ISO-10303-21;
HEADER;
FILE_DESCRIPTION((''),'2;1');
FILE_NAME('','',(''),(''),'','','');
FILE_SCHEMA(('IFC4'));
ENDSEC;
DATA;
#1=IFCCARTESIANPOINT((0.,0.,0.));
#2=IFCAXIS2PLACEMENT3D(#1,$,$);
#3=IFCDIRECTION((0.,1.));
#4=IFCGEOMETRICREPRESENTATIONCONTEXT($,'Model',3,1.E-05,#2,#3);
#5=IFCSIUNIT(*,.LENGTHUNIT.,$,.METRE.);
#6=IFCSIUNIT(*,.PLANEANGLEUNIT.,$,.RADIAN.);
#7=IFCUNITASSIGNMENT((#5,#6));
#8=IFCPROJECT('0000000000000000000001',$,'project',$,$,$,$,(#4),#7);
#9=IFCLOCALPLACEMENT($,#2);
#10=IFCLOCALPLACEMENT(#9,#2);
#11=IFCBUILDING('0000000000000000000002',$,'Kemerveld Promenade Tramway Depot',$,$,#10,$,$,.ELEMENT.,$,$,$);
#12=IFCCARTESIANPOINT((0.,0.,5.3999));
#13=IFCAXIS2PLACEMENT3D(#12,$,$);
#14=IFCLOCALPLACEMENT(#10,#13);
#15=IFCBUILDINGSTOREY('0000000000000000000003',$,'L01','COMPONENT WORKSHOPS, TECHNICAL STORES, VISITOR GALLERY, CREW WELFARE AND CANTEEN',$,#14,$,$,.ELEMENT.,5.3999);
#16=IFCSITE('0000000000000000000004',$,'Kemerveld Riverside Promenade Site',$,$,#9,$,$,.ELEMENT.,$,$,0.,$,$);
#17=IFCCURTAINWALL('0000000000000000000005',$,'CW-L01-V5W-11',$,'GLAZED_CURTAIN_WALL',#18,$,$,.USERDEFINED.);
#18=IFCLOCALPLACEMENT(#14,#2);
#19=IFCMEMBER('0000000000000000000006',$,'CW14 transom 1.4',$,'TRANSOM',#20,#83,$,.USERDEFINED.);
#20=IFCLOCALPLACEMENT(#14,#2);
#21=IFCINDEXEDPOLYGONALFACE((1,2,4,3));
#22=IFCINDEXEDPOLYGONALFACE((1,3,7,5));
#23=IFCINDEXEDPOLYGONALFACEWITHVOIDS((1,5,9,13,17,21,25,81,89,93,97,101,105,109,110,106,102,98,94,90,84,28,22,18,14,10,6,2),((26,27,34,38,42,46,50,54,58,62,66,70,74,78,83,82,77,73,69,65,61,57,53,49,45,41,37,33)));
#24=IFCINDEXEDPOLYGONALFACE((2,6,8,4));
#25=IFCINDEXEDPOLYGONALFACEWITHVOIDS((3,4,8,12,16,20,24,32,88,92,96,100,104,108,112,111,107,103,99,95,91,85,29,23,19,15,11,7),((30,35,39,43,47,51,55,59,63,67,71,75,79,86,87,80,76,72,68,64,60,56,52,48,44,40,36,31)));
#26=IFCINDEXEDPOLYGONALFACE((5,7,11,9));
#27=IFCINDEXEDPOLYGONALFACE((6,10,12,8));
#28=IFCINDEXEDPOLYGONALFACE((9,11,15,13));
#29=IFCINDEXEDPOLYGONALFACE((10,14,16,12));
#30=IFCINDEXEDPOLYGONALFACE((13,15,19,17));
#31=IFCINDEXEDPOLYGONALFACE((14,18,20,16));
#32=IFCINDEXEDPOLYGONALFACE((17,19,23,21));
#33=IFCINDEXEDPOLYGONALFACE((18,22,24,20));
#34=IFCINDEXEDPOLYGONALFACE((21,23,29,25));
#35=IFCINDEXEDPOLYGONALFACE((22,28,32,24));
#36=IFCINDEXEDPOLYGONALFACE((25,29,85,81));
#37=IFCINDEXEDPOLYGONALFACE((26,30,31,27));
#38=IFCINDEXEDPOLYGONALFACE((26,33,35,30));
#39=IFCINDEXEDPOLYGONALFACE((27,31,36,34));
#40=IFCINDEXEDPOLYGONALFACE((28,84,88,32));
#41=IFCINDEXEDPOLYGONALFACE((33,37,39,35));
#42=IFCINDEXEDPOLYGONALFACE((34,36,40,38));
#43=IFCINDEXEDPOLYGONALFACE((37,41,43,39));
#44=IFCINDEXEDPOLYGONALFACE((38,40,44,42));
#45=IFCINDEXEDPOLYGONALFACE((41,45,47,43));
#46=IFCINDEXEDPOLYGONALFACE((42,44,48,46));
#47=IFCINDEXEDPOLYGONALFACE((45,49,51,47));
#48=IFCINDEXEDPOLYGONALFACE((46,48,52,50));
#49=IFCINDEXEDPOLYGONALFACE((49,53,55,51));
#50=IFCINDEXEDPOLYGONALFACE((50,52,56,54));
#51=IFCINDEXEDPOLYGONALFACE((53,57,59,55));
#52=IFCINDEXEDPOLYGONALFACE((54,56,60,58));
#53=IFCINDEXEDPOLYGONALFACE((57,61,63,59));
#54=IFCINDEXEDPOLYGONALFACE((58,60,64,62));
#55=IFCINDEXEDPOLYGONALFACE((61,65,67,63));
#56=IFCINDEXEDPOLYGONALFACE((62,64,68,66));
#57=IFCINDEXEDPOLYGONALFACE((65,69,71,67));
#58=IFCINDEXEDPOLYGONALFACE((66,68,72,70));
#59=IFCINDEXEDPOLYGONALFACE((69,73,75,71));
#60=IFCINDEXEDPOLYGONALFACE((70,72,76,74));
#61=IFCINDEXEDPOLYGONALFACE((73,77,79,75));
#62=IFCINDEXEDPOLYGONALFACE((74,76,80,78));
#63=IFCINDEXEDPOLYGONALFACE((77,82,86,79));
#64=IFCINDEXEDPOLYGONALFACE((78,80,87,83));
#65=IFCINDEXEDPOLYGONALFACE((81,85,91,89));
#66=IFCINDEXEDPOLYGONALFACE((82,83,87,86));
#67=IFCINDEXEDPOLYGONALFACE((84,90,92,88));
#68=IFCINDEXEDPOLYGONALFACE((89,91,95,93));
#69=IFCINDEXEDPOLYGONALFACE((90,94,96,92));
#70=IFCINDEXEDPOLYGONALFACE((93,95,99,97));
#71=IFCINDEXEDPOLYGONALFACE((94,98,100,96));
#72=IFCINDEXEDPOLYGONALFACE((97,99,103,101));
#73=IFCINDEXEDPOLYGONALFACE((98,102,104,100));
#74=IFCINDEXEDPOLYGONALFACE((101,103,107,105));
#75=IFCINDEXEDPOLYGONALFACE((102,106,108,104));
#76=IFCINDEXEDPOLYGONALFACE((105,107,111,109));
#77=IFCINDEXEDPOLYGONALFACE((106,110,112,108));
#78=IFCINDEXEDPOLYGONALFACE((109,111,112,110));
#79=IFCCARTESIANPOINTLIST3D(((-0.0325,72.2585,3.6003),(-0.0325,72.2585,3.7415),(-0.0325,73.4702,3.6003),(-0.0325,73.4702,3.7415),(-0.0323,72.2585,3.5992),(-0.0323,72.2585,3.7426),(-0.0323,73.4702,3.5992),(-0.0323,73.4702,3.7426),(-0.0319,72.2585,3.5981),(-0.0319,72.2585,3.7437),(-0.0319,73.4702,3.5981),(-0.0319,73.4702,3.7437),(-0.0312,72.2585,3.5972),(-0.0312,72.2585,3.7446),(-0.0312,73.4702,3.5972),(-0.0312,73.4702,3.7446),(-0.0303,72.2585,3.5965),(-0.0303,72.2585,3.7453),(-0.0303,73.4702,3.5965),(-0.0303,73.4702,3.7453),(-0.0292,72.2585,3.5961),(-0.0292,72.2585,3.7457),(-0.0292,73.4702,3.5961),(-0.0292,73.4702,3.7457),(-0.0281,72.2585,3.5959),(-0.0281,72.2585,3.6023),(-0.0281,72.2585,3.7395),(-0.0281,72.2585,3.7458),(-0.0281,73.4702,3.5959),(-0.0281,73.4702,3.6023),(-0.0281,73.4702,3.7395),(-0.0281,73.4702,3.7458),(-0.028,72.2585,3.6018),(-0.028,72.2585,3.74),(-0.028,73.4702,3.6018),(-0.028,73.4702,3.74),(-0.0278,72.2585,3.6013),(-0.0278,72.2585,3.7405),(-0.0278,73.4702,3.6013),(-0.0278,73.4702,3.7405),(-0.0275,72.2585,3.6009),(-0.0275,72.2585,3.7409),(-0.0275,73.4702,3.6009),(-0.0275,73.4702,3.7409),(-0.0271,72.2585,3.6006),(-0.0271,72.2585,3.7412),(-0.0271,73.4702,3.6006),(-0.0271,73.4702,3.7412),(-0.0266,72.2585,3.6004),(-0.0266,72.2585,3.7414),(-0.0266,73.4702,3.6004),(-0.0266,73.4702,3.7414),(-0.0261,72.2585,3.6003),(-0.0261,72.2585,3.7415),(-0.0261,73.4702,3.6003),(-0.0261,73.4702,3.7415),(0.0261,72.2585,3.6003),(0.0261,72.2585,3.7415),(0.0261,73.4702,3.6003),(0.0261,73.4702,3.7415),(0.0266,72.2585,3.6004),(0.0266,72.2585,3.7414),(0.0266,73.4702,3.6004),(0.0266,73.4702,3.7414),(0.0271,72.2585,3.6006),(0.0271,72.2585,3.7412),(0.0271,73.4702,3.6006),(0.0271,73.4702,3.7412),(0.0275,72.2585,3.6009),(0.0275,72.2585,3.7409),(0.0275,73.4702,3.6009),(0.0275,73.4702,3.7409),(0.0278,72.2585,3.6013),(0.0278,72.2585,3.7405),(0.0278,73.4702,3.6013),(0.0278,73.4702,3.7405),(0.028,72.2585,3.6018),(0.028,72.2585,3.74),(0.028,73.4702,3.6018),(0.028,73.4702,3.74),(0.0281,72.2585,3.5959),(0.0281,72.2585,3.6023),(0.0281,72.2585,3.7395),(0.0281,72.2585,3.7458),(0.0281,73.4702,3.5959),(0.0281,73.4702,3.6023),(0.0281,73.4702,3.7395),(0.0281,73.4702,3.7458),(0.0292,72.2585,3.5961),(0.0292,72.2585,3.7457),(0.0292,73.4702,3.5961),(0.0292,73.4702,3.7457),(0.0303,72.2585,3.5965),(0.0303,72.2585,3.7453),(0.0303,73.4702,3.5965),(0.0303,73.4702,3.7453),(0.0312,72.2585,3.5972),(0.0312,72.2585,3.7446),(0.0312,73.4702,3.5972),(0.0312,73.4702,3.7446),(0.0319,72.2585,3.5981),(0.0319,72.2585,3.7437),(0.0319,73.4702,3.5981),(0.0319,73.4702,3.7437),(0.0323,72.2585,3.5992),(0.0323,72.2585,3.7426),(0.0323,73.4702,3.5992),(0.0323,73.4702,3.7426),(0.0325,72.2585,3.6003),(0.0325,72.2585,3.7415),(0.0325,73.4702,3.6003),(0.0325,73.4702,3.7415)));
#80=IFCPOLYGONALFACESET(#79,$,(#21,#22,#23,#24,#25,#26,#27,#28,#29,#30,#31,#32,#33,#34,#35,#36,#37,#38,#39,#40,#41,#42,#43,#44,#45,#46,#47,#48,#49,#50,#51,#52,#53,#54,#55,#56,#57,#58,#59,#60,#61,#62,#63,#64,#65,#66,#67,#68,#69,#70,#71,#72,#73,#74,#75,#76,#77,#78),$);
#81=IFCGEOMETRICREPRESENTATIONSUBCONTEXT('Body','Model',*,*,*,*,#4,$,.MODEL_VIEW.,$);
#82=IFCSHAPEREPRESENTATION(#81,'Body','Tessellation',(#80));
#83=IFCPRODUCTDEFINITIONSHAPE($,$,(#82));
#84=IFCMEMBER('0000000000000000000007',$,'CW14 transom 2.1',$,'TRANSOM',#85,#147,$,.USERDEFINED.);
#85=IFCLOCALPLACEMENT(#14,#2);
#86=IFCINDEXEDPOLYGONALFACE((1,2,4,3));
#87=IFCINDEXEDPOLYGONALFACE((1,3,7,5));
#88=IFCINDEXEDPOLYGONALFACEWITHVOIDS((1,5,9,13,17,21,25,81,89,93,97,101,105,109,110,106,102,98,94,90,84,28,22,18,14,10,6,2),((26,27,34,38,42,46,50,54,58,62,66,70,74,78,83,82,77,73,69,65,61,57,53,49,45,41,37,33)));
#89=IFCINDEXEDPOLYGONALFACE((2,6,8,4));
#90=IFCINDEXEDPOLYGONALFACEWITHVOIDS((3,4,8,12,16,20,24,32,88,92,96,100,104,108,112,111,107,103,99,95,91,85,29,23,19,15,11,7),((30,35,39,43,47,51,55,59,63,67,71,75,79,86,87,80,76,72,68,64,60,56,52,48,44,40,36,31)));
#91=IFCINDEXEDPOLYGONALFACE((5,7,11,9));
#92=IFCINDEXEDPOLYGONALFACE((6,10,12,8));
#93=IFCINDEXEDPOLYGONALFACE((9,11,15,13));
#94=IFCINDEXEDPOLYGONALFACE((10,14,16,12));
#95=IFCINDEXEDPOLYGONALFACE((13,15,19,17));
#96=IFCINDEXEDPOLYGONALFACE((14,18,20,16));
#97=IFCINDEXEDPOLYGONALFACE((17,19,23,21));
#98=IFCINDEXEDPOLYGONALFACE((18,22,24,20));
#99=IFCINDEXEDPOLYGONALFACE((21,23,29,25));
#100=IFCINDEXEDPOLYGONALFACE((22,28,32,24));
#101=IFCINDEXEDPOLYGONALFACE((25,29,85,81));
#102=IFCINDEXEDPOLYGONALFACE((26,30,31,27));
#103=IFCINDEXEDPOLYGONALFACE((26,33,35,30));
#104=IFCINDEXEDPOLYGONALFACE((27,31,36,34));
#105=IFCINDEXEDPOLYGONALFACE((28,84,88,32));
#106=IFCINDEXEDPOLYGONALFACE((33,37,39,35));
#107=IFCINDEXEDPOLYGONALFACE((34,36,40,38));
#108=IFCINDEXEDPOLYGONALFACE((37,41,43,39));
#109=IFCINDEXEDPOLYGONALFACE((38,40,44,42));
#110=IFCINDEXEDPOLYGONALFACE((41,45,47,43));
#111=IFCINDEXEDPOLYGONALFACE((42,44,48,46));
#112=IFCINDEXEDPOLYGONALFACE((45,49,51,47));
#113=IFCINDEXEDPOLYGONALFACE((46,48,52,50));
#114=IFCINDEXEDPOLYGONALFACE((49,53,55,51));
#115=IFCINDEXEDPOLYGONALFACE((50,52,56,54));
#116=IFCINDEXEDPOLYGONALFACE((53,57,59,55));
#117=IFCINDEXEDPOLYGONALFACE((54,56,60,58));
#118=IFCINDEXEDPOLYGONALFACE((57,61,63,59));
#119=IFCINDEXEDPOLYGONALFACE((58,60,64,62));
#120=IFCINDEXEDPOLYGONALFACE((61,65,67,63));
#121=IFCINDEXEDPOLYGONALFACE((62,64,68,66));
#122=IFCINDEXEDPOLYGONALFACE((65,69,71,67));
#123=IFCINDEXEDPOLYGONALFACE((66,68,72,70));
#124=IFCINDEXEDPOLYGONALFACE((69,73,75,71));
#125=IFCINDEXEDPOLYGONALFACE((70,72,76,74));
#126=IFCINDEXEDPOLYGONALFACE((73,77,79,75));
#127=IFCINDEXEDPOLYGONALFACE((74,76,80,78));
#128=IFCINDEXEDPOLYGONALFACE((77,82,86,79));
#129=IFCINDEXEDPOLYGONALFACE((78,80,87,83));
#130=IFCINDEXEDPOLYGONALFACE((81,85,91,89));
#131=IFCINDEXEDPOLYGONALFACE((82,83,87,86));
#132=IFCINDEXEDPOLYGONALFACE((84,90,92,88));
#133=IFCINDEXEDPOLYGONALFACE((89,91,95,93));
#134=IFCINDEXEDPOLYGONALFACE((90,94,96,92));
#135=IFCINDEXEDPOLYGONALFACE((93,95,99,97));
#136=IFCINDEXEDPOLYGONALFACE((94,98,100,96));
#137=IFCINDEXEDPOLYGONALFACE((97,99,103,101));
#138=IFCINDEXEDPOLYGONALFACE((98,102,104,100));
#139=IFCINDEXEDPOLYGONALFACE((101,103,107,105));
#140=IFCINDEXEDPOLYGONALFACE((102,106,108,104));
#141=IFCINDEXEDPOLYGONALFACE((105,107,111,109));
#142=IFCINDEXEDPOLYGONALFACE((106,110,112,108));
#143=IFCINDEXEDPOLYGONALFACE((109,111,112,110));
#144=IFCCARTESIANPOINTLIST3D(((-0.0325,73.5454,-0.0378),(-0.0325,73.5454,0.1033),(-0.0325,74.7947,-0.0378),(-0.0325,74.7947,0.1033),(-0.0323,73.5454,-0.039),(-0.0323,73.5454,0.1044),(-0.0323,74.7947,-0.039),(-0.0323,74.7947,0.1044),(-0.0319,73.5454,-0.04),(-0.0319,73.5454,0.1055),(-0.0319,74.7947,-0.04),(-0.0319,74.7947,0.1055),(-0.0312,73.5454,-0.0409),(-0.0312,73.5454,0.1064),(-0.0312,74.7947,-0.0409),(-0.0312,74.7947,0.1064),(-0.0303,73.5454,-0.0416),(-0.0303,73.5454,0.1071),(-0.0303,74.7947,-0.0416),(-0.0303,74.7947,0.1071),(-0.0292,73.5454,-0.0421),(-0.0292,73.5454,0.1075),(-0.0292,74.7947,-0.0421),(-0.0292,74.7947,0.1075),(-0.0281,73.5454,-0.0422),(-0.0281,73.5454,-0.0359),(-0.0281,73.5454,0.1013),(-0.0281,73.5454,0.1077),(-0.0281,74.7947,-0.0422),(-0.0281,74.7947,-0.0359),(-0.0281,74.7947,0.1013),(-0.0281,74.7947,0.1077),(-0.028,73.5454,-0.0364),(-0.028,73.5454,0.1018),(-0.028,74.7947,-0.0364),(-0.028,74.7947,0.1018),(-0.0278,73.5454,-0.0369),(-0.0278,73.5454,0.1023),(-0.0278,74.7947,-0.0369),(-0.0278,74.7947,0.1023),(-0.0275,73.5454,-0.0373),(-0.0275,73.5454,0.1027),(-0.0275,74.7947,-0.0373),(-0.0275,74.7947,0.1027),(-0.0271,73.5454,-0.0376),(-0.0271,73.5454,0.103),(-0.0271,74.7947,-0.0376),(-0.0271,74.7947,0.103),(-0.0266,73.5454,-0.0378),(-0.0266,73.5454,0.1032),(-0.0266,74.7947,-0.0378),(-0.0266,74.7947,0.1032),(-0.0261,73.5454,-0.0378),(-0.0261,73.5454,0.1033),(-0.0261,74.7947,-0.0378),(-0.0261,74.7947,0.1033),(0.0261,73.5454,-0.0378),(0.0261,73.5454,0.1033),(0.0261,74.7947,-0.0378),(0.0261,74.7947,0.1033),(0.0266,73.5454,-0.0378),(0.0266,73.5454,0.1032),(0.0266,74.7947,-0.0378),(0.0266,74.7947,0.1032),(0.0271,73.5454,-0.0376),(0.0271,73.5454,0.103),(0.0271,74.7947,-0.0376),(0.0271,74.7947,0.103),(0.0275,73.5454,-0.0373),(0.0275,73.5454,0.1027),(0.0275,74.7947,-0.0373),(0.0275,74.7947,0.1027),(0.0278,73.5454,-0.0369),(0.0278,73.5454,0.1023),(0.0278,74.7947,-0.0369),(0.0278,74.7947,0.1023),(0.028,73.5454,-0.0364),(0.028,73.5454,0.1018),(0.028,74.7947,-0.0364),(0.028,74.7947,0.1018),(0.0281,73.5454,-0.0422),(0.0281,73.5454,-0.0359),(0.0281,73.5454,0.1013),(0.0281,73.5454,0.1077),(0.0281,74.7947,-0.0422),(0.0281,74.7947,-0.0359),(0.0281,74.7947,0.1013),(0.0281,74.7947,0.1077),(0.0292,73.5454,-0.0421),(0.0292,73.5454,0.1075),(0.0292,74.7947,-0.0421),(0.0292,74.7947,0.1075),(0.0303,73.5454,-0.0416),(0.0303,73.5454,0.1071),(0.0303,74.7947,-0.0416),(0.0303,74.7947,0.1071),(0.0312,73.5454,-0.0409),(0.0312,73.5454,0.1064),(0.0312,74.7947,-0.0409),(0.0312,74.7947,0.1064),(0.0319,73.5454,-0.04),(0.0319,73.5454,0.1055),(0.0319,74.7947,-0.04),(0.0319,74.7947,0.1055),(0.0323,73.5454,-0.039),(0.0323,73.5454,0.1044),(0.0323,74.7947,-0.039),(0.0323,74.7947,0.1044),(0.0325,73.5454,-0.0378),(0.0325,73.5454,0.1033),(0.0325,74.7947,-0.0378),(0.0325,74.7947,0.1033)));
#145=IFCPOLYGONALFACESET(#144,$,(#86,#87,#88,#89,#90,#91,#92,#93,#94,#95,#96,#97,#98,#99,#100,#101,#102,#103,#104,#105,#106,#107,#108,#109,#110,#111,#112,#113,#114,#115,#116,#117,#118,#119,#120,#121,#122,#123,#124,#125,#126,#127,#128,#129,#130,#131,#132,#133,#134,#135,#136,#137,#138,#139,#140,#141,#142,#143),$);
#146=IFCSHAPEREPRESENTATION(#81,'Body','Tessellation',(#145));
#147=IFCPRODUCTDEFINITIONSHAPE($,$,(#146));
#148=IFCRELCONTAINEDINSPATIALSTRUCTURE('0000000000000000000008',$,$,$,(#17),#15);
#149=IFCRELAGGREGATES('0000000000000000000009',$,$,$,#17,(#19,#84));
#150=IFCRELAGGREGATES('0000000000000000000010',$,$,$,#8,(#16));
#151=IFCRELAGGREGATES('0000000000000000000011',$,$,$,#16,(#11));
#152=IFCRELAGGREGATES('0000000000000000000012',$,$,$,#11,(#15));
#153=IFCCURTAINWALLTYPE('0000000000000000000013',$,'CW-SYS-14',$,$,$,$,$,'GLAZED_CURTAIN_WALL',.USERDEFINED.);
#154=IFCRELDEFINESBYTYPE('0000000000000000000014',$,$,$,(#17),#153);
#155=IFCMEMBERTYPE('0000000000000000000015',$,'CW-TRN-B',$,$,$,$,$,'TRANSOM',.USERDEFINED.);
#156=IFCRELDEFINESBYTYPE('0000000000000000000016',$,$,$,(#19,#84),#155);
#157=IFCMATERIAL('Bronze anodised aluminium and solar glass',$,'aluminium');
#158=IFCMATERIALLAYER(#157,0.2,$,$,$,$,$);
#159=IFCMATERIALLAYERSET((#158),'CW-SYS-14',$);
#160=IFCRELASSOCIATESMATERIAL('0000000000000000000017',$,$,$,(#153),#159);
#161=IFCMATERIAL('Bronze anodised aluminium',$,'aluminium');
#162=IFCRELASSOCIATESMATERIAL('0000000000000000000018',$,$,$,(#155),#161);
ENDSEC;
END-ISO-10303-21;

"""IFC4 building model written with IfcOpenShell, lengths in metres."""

from ifc_helpers import new_model, si_unit, direction, frame, origin, origin_2d, place, context, subcontext, project, spatial, hollow_rectangle, extrude, material, layer, layer_set, material_profile, profile_set, type_object, element, aggregate, save


model = new_model("IFC4")

# Units and contexts
model_context = context("Model", 3, precision=1e-05, world=origin(), true_north=direction((0.0, 1.0)))
body_context = subcontext(model_context, "Body", "Model", "MODEL_VIEW")
ifc_project = project(units=[si_unit("LENGTHUNIT", "METRE"), si_unit("PLANEANGLEUNIT", "RADIAN")], contexts=[model_context])

# Site, building, storey
site_placement = place(None, origin())
site = spatial("IfcSite", under=ifc_project, at=site_placement, Name="Kemerveld Riverside Promenade Site", CompositionType="ELEMENT", RefElevation=0.0)
building_placement = place(site_placement, origin())
building = spatial("IfcBuilding", under=site, at=building_placement, Name="Kemerveld Promenade Tramway Depot", CompositionType="ELEMENT")
storey_placement = place(building_placement, frame((0.0, 0.0, 5.3999)))
storey = spatial("IfcBuildingStorey", under=building, at=storey_placement, Name="L01", Description="COMPONENT WORKSHOPS, TECHNICAL STORES, VISITOR GALLERY, CREW WELFARE AND CANTEEN", CompositionType="ELEMENT", Elevation=5.3999)

# Curtain wall, members
ifc_material_1 = material(Name="Bronze anodised aluminium and solar glass", Category="aluminium")
ifc_layer_1 = layer(ifc_material_1, 0.2)
ifc_layer_set_1 = layer_set([ifc_layer_1], Name="CW-SYS-14")
curtain_wall_type = type_object("IfcCurtainWallType", Name="CW-SYS-14", ElementType="GLAZED_CURTAIN_WALL", PredefinedType="USERDEFINED", material=ifc_layer_set_1)
curtain_wall_placement = place(storey_placement, origin())
curtain_wall = element("IfcCurtainWall", 1, at=curtain_wall_placement, inside=storey, type_object=curtain_wall_type, Name="CW-L01-V5W-11", ObjectType="GLAZED_CURTAIN_WALL", PredefinedType="USERDEFINED")
ifc_material_2 = material(Name="Bronze anodised aluminium", Category="aluminium")
ifc_material_profile_1 = material_profile(ifc_material_2, hollow_rectangle(XDim=0.0649, YDim=0.1499, WallThickness=0.0044, InnerFilletRadius=0.002, OuterFilletRadius=0.0044, at=origin_2d()), Name="CW-TRN-150x65")
ifc_profile_set_1 = profile_set([ifc_material_profile_1], Name="Bronze anodised aluminium")
member_type_1 = type_object("IfcMemberType", Name="CW-TRN-B", ElementType="TRANSOM", PredefinedType="USERDEFINED", material=ifc_profile_set_1)
member_1_placement = place(storey_placement, frame((0.0, 72.2585, 3.6709), z_axis=(0.0, 1.0, 0.0), x_axis=(-1.0, 0.0, 0.0)))
member_1 = element("IfcMember", 2, at=member_1_placement, type_object=member_type_1, Name="CW14 transom 1.4", ObjectType="TRANSOM", PredefinedType="USERDEFINED", context=body_context, shape_type="SweptSolid", body=[
    extrude(hollow_rectangle(XDim=0.0649, YDim=0.1499, WallThickness=0.0044, InnerFilletRadius=0.002, OuterFilletRadius=0.0044, at=origin_2d()), origin(), (0.0, 0.0, 1.0), 1.2117),
])
member_2_placement = place(storey_placement, frame((0.0, 73.5454, 0.0327), z_axis=(0.0, 1.0, 0.0), x_axis=(-1.0, 0.0, 0.0)))
member_2 = element("IfcMember", 3, at=member_2_placement, type_object=member_type_1, Name="CW14 transom 2.1", ObjectType="TRANSOM", PredefinedType="USERDEFINED", context=body_context, shape_type="SweptSolid", body=[
    extrude(hollow_rectangle(XDim=0.0649, YDim=0.1499, WallThickness=0.0044, InnerFilletRadius=0.002, OuterFilletRadius=0.0044, at=origin_2d()), origin(), (0.0, 0.0, 1.0), 1.2493),
])
aggregate(curtain_wall, [member_1, member_2])

save(model, "model.ifc")
